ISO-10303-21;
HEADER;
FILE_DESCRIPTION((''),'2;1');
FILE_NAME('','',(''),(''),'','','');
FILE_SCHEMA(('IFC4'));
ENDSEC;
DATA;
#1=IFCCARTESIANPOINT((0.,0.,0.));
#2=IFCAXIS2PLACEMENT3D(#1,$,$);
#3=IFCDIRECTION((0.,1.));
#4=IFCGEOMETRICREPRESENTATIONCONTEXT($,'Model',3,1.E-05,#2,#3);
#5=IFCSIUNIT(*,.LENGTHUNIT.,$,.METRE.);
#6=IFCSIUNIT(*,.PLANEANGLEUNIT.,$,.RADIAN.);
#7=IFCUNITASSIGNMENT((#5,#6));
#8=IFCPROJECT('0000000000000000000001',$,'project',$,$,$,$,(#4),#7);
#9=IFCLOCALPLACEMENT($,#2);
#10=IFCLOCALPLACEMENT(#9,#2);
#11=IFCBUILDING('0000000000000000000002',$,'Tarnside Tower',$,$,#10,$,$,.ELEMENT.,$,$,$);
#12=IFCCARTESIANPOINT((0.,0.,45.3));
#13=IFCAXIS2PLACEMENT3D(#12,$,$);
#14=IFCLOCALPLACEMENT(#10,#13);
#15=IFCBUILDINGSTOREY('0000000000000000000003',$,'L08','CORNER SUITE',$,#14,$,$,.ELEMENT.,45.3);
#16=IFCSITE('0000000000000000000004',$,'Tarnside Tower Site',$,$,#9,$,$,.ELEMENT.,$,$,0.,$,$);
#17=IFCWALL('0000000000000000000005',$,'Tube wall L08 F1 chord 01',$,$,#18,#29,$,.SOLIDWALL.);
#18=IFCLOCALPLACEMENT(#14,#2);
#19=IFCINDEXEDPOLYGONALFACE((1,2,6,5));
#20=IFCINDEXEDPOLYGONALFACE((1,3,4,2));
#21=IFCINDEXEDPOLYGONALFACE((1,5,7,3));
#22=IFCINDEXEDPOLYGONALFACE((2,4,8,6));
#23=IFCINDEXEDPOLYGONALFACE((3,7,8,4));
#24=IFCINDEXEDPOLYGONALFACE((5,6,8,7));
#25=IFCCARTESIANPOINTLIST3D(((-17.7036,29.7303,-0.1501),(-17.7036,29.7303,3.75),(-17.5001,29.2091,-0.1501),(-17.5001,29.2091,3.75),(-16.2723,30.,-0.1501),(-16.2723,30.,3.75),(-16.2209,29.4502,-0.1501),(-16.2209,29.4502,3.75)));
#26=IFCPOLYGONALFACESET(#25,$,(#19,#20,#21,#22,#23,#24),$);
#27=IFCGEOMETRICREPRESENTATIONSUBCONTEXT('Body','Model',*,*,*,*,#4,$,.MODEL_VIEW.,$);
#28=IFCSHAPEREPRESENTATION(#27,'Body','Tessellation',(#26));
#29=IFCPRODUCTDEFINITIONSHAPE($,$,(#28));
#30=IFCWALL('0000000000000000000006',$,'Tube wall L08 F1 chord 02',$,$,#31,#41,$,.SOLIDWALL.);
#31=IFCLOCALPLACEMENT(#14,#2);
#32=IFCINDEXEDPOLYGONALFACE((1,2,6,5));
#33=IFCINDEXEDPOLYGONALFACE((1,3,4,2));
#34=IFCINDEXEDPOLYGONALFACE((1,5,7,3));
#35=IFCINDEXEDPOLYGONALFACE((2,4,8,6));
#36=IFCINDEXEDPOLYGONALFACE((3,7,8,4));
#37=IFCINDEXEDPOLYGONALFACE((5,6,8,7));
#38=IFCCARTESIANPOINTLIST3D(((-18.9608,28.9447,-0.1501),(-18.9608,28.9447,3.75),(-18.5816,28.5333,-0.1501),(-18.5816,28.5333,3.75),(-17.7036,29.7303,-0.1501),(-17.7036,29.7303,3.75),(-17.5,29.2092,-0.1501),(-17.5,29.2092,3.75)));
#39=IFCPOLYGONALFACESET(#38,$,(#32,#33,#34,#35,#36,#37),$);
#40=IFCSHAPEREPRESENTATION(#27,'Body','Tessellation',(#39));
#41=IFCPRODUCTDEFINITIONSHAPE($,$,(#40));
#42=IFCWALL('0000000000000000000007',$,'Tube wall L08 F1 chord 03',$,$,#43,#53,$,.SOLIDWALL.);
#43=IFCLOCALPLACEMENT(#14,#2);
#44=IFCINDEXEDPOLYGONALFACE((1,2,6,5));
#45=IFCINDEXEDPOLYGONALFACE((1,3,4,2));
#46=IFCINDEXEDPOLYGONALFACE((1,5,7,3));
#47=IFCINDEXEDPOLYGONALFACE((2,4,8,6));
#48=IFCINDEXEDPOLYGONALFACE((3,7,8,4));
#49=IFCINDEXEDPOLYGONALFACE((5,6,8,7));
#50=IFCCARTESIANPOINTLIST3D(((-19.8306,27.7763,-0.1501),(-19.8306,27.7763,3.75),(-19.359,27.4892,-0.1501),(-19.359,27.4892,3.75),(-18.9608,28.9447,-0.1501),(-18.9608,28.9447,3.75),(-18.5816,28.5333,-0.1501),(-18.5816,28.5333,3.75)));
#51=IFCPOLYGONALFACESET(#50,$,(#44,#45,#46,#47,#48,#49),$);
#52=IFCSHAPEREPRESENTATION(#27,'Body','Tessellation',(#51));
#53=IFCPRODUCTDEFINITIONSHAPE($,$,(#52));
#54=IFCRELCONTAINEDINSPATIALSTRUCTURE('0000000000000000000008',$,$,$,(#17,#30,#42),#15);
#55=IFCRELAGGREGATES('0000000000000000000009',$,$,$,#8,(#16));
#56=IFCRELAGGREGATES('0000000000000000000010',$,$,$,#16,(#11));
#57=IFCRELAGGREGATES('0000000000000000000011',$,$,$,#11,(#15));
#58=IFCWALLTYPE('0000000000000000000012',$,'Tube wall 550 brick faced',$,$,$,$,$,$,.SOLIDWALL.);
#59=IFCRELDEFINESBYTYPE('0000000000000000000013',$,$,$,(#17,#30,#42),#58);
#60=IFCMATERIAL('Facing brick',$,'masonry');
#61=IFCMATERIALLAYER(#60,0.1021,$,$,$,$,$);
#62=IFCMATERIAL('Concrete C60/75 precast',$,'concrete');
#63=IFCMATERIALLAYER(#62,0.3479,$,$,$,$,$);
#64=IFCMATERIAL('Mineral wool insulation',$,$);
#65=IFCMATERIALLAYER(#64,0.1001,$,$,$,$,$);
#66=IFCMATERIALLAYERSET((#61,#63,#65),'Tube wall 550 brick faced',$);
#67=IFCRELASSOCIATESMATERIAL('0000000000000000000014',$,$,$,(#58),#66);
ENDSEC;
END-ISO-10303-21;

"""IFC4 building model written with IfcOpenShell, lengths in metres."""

from ifc_helpers import new_model, si_unit, direction, frame, origin, place, context, subcontext, project, spatial, polyline, outline, extrude, material, layer, layer_set, type_object, element, save


model = new_model("IFC4")

# Units and contexts
model_context = context("Model", 3, precision=1e-05, world=origin(), true_north=direction((0.0, 1.0)))
body_context = subcontext(model_context, "Body", "Model", "MODEL_VIEW")
ifc_project = project(units=[si_unit("LENGTHUNIT", "METRE"), si_unit("PLANEANGLEUNIT", "RADIAN")], contexts=[model_context])

# Site, building, storey
site_placement = place(None, origin())
site = spatial("IfcSite", under=ifc_project, at=site_placement, Name="Tarnside Tower Site", CompositionType="ELEMENT", RefElevation=0.0)
building_placement = place(site_placement, origin())
building = spatial("IfcBuilding", under=site, at=building_placement, Name="Tarnside Tower", CompositionType="ELEMENT")
storey_placement = place(building_placement, frame((0.0, 0.0, 45.3)))
storey = spatial("IfcBuildingStorey", under=building, at=storey_placement, Name="L08", Description="CORNER SUITE", CompositionType="ELEMENT", Elevation=45.3)

# Walls
ifc_material_1 = material(Name="Facing brick", Category="masonry")
ifc_layer_1 = layer(ifc_material_1, 0.1021)
ifc_material_2 = material(Name="Concrete C60/75 precast", Category="concrete")
ifc_layer_2 = layer(ifc_material_2, 0.3479)
ifc_material_3 = material(Name="Mineral wool insulation")
ifc_layer_3 = layer(ifc_material_3, 0.1001)
ifc_layer_set_1 = layer_set([ifc_layer_1, ifc_layer_2, ifc_layer_3], Name="Tube wall 550 brick faced")
wall_type_1 = type_object("IfcWallType", Name="Tube wall 550 brick faced", PredefinedType="SOLIDWALL", material=ifc_layer_set_1)
wall_1_placement = place(storey_placement, frame((-16.2466, 29.7251, -0.1501), z_axis=(0.0, 0.0, 1.0), x_axis=(-0.982705, -0.185176, 0.0)))
element("IfcWall", 1, at=wall_1_placement, inside=storey, type_object=wall_type_1, Name="Tube wall L08 F1 chord 01", PredefinedType="SOLIDWALL", context=body_context, shape_type="SweptSolid", body=[
    extrude(outline(polyline([(-0.0256, -0.2749), (1.4309, -0.2749), (1.3274, 0.2749), (0.0256, 0.2749), (-0.0256, -0.2749)])), origin(), (0.0, 0.0, 1.0), 3.9001),
])
wall_2_placement = place(storey_placement, frame((-17.6018, 29.4697, -0.1501), z_axis=(0.0, 0.0, 1.0), x_axis=(-0.848058, -0.529903, 0.0)))
element("IfcWall", 2, at=wall_2_placement, inside=storey, type_object=wall_type_1, Name="Tube wall L08 F1 chord 02", PredefinedType="SOLIDWALL", context=body_context, shape_type="SweptSolid", body=[
    extrude(outline(polyline([(-0.0518, -0.2749), (1.4307, -0.2749), (1.3271, 0.2749), (0.0518, 0.2749), (-0.0518, -0.2749)])), origin(), (0.0, 0.0, 1.0), 3.9001),
])
wall_3_placement = place(storey_placement, frame((-18.7712, 28.739, -0.1501), z_axis=(0.0, 0.0, 1.0), x_axis=(-0.597135, -0.802141, 0.0)))
element("IfcWall", 3, at=wall_3_placement, inside=storey, type_object=wall_type_1, Name="Tube wall L08 F1 chord 03", PredefinedType="SOLIDWALL", context=body_context, shape_type="SweptSolid", body=[
    extrude(outline(polyline([(-0.0518, -0.2749), (1.4048, -0.2749), (1.3535, 0.2749), (0.0518, 0.2749), (-0.0518, -0.2749)])), origin(), (0.0, 0.0, 1.0), 3.9001),
])

save(model, "model.ifc")
